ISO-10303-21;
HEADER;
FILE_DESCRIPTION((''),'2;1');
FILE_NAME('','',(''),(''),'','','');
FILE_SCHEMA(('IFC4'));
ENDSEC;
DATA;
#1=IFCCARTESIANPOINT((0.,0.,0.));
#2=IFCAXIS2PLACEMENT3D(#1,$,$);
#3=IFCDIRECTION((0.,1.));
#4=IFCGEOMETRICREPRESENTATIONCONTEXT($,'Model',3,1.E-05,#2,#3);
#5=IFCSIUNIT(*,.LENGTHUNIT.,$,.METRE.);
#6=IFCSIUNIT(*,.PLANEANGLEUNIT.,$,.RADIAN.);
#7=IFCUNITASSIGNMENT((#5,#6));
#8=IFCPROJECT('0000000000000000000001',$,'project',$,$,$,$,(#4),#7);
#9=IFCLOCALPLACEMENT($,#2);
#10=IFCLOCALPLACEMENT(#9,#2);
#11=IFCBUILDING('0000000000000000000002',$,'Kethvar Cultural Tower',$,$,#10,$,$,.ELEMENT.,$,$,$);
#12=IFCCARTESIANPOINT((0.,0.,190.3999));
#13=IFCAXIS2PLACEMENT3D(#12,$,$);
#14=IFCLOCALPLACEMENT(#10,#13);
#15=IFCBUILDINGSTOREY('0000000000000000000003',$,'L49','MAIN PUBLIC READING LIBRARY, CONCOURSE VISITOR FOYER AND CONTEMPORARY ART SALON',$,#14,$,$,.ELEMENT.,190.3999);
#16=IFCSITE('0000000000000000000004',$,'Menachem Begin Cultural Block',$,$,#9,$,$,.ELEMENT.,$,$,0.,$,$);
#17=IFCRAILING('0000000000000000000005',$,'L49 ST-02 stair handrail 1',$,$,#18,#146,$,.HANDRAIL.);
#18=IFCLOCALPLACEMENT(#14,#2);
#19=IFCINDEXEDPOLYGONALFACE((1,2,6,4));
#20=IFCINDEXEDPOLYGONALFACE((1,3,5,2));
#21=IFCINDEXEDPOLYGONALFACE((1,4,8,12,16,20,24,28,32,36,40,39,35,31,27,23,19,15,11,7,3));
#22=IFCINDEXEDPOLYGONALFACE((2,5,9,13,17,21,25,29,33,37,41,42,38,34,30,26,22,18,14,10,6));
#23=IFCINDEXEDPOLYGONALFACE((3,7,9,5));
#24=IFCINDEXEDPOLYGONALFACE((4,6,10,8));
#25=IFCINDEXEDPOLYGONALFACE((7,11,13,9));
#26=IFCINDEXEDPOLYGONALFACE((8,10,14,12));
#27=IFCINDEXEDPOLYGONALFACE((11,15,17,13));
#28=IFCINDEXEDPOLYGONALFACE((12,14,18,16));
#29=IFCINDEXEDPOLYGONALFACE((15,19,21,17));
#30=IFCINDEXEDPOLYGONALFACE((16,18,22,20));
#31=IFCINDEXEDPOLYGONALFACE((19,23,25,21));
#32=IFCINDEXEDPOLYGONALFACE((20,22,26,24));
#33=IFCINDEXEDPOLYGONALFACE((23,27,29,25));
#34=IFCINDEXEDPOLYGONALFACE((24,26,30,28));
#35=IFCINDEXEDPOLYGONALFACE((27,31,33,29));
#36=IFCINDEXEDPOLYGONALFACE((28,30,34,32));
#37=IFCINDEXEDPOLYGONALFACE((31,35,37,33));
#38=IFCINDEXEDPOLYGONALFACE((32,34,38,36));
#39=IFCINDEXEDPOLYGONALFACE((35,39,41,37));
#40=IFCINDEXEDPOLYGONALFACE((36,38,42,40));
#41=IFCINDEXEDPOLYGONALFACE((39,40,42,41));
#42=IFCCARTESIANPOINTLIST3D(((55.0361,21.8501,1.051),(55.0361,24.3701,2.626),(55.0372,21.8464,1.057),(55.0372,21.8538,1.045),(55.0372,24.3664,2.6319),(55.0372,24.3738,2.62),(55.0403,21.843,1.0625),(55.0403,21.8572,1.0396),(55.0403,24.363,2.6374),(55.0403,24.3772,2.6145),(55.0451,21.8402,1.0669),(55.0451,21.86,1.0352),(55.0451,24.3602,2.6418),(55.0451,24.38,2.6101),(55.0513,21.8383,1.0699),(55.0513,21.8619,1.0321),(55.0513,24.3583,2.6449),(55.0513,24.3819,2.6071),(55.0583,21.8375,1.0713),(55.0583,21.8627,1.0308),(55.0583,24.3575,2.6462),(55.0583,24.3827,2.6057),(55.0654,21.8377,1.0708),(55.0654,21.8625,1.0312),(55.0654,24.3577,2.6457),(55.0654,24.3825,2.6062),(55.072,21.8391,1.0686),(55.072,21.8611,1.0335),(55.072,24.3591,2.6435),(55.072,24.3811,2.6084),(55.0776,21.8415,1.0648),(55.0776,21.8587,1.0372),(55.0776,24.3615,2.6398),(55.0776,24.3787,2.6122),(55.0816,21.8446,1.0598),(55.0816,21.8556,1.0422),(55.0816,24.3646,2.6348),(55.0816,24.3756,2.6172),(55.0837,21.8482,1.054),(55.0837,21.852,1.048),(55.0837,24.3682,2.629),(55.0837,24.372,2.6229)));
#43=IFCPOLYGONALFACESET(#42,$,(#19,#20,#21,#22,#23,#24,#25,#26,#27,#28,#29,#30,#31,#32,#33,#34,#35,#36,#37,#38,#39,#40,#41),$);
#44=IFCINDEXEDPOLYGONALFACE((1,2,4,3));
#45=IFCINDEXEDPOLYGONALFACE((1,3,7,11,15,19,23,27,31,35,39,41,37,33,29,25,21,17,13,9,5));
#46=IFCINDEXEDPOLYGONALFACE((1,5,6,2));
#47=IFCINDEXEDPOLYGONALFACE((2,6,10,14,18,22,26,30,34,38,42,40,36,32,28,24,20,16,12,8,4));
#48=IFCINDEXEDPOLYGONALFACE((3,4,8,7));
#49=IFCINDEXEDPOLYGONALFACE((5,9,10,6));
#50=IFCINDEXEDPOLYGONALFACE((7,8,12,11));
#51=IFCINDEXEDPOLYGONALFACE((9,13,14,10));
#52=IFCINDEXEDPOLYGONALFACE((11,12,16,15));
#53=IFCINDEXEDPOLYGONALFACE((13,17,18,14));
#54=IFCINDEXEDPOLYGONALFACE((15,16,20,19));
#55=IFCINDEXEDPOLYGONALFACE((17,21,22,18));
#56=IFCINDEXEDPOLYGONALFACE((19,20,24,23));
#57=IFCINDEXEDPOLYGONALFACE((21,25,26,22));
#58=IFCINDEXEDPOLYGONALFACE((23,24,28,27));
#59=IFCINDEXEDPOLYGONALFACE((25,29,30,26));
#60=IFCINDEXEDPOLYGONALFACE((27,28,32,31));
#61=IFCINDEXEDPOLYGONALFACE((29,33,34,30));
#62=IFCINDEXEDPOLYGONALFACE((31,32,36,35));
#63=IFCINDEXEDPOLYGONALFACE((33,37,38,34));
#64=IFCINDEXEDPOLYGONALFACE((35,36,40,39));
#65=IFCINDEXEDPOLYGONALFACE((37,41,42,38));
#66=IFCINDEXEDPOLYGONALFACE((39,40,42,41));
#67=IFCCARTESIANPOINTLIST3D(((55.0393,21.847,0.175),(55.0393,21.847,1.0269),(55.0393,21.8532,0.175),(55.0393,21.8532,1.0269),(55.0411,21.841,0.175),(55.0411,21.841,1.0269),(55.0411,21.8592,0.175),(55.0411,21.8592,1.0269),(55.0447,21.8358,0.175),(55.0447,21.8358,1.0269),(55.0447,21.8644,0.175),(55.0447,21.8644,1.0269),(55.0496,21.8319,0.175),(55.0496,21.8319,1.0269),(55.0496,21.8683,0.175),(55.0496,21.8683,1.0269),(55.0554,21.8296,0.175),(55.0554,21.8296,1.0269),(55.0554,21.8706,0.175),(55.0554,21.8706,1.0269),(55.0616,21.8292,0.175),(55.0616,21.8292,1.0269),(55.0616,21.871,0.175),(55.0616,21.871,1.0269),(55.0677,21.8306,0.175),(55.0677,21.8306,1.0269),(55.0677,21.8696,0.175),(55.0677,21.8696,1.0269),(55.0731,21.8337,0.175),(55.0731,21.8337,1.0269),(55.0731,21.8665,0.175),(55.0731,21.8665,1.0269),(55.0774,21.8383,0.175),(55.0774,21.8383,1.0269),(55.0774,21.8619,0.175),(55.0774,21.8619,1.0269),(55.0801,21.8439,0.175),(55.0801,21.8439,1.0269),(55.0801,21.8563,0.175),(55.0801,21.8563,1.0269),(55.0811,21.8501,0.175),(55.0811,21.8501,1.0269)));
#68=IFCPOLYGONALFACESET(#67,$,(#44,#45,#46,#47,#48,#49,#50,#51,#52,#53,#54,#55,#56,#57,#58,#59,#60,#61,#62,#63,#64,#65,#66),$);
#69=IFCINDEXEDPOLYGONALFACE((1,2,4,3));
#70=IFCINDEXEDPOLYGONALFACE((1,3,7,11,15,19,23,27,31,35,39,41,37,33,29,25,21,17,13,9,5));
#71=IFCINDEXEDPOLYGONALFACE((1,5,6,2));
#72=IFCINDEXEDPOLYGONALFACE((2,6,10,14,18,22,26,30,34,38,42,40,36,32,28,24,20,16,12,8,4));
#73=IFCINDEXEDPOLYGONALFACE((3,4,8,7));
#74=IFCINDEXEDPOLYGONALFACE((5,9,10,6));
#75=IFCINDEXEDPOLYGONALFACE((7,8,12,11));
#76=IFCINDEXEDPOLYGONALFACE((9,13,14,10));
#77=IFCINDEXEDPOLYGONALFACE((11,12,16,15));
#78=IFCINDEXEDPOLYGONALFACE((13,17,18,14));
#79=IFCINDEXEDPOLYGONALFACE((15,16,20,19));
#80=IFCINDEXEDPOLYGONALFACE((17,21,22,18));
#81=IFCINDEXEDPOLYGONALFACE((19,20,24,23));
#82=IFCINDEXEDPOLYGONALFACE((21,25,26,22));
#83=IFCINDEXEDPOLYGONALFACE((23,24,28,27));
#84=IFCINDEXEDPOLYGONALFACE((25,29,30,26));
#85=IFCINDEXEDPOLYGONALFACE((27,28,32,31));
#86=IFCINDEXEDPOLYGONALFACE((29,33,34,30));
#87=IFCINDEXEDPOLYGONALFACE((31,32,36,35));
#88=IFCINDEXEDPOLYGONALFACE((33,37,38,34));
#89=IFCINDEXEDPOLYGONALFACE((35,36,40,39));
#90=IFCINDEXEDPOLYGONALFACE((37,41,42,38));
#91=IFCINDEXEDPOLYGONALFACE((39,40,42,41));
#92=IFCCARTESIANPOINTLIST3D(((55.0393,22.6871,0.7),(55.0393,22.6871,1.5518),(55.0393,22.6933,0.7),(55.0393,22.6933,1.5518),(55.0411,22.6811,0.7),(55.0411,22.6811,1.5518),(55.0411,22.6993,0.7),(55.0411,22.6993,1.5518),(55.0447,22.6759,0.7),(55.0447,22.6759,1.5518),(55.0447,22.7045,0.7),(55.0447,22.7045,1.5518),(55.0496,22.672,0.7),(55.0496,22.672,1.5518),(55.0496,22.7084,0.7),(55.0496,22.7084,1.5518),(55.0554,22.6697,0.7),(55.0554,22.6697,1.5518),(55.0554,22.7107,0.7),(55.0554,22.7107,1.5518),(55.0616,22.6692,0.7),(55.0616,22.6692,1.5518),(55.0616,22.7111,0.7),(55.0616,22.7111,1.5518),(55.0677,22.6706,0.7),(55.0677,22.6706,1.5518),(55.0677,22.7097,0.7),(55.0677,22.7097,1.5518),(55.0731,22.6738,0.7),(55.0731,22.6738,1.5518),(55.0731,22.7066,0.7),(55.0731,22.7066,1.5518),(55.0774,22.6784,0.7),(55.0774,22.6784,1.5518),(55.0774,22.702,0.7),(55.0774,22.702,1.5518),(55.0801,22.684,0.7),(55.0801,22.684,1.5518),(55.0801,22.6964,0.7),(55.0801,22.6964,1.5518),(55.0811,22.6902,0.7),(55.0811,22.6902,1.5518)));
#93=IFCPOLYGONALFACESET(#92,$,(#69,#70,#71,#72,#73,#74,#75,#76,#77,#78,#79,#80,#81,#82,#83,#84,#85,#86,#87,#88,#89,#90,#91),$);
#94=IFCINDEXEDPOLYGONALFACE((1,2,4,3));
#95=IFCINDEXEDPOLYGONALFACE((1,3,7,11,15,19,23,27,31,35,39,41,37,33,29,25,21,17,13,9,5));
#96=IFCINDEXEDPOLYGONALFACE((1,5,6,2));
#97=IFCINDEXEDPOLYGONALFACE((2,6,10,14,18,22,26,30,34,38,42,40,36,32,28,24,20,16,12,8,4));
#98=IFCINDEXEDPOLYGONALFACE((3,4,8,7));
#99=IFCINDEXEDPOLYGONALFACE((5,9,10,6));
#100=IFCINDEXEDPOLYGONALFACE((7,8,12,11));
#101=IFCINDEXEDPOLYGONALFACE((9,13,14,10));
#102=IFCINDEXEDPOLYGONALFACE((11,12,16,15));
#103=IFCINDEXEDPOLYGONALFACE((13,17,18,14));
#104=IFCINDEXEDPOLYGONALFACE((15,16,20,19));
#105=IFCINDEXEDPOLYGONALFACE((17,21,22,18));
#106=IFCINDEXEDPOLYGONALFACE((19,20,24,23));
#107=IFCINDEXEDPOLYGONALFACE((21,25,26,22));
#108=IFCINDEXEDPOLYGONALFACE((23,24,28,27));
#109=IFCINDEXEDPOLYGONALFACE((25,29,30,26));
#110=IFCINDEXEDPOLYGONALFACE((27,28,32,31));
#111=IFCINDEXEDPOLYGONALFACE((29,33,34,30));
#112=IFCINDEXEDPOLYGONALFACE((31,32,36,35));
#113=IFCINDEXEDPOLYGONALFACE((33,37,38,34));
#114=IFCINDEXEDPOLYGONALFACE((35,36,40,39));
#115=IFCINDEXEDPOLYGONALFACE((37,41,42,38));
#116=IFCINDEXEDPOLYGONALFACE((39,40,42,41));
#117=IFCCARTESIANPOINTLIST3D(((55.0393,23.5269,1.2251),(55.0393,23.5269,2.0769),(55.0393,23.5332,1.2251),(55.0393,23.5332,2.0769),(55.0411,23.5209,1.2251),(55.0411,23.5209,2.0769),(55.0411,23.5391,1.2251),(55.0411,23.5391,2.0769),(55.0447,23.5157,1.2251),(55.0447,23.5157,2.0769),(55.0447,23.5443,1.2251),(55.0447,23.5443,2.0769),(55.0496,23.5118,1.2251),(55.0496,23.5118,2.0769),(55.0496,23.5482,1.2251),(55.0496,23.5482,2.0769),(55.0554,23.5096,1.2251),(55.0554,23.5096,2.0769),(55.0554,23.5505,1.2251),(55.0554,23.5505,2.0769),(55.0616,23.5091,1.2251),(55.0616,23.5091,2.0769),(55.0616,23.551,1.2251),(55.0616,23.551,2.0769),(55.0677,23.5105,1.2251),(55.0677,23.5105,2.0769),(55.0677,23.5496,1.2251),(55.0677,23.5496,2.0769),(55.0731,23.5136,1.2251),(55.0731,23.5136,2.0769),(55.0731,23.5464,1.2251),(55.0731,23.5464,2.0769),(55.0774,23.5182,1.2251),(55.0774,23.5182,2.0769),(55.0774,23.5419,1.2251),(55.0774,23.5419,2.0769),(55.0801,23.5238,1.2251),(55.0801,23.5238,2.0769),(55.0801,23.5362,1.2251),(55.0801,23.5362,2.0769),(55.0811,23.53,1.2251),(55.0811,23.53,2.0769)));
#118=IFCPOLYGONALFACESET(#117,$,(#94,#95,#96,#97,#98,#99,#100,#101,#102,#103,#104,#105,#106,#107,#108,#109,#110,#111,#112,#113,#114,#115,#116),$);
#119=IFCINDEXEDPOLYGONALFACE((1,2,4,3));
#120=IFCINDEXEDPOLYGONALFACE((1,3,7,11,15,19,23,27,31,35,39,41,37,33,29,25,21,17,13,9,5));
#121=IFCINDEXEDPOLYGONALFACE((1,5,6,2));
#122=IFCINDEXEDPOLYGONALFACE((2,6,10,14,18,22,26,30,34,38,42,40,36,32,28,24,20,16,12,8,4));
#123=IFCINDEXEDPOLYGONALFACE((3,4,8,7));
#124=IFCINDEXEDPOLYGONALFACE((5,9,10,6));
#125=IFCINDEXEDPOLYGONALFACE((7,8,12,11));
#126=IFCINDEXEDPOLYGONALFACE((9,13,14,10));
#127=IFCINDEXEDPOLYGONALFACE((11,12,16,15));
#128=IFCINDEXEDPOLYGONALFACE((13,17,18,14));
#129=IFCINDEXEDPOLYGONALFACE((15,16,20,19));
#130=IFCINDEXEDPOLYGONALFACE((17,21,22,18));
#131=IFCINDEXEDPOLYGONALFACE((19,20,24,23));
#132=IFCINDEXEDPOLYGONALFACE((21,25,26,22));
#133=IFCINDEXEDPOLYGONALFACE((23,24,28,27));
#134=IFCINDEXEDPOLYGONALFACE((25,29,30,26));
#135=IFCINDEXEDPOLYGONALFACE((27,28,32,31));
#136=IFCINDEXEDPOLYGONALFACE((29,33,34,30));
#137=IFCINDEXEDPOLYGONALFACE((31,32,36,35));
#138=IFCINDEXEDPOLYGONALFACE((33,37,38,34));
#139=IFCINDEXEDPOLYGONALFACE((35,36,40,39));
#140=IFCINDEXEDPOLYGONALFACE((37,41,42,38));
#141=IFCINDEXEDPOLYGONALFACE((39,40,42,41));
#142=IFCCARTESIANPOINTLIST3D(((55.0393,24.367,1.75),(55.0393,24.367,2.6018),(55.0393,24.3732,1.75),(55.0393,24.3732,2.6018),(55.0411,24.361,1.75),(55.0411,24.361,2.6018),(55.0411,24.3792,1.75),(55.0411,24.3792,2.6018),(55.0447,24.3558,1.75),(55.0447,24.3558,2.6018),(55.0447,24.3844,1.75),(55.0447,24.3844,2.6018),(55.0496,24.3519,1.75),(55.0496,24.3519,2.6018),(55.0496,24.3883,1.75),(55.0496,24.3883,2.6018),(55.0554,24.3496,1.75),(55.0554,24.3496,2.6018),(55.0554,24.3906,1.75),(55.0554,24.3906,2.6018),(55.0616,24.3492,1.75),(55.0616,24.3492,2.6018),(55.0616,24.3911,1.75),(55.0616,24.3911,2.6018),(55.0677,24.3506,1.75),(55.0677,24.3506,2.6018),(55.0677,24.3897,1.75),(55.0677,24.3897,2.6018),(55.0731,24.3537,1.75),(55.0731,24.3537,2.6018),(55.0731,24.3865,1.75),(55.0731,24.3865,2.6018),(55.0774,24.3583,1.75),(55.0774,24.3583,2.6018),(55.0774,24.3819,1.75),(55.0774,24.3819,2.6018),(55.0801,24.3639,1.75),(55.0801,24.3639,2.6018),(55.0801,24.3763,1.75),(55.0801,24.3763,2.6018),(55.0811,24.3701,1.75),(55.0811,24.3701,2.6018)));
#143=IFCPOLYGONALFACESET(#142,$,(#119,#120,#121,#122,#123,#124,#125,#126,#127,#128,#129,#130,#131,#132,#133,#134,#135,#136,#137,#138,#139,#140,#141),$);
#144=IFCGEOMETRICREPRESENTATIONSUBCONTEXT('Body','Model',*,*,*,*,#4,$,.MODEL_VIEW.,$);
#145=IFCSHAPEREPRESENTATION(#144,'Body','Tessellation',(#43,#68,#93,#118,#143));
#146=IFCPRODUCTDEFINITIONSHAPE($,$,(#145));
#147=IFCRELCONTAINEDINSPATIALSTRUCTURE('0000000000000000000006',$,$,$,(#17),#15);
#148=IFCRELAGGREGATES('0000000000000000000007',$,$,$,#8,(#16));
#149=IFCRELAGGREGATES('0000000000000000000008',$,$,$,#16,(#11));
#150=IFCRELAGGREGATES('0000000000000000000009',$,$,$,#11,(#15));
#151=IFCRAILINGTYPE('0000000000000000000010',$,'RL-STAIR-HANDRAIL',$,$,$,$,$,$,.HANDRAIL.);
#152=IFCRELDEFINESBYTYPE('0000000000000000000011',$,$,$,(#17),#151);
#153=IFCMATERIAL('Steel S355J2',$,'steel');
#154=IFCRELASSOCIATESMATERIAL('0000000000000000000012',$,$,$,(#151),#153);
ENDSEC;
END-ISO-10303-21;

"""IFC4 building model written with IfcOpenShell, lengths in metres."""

from ifc_helpers import new_model, si_unit, direction, frame, origin, origin_2d, place, context, subcontext, project, spatial, circle, extrude, material, type_object, element, save


model = new_model("IFC4")

# Units and contexts
model_context = context("Model", 3, precision=1e-05, world=origin(), true_north=direction((0.0, 1.0)))
body_context = subcontext(model_context, "Body", "Model", "MODEL_VIEW")
ifc_project = project(units=[si_unit("LENGTHUNIT", "METRE"), si_unit("PLANEANGLEUNIT", "RADIAN")], contexts=[model_context])

# Site, building, storey
site_placement = place(None, origin())
site = spatial("IfcSite", under=ifc_project, at=site_placement, Name="Menachem Begin Cultural Block", CompositionType="ELEMENT", RefElevation=0.0)
building_placement = place(site_placement, origin())
building = spatial("IfcBuilding", under=site, at=building_placement, Name="Kethvar Cultural Tower", CompositionType="ELEMENT")
storey_placement = place(building_placement, frame((0.0, 0.0, 190.3999)))
storey = spatial("IfcBuildingStorey", under=building, at=storey_placement, Name="L49", Description="MAIN PUBLIC READING LIBRARY, CONCOURSE VISITOR FOYER AND CONTEMPORARY ART SALON", CompositionType="ELEMENT", Elevation=190.3999)

# Shared definitions
ifc_material_1 = material(Name="Steel S355J2", Category="steel")

# Railing
railing_type_1 = type_object("IfcRailingType", Name="RL-STAIR-HANDRAIL", PredefinedType="HANDRAIL", material=ifc_material_1)
railing_1_placement = place(storey_placement, frame((55.0601, 21.8501, 0.175)))
element("IfcRailing", 1, at=railing_1_placement, inside=storey, type_object=railing_type_1, Name="L49 ST-02 stair handrail 1", PredefinedType="HANDRAIL", context=body_context, shape_type="SweptSolid", body=[
    extrude(circle(Radius=0.0239, at=origin_2d()), frame((0.0, 0.0, 0.876), z_axis=(0.0, 0.848008, 0.529984), x_axis=(-1.0, 0.0, 0.0)), (0.0, 0.0, 1.0), 2.9717),
    extrude(circle(Radius=0.021, at=origin_2d()), origin(), (0.0, 0.0, 1.0), 0.8518),
    extrude(circle(Radius=0.021, at=origin_2d()), frame((0.0, 0.8401, 0.5249)), (0.0, 0.0, 1.0), 0.8518),
    extrude(circle(Radius=0.021, at=origin_2d()), frame((0.0, 1.6799, 1.05)), (0.0, 0.0, 1.0), 0.8518),
    extrude(circle(Radius=0.021, at=origin_2d()), frame((0.0, 2.52, 1.575)), (0.0, 0.0, 1.0), 0.8518),
])

save(model, "model.ifc")
